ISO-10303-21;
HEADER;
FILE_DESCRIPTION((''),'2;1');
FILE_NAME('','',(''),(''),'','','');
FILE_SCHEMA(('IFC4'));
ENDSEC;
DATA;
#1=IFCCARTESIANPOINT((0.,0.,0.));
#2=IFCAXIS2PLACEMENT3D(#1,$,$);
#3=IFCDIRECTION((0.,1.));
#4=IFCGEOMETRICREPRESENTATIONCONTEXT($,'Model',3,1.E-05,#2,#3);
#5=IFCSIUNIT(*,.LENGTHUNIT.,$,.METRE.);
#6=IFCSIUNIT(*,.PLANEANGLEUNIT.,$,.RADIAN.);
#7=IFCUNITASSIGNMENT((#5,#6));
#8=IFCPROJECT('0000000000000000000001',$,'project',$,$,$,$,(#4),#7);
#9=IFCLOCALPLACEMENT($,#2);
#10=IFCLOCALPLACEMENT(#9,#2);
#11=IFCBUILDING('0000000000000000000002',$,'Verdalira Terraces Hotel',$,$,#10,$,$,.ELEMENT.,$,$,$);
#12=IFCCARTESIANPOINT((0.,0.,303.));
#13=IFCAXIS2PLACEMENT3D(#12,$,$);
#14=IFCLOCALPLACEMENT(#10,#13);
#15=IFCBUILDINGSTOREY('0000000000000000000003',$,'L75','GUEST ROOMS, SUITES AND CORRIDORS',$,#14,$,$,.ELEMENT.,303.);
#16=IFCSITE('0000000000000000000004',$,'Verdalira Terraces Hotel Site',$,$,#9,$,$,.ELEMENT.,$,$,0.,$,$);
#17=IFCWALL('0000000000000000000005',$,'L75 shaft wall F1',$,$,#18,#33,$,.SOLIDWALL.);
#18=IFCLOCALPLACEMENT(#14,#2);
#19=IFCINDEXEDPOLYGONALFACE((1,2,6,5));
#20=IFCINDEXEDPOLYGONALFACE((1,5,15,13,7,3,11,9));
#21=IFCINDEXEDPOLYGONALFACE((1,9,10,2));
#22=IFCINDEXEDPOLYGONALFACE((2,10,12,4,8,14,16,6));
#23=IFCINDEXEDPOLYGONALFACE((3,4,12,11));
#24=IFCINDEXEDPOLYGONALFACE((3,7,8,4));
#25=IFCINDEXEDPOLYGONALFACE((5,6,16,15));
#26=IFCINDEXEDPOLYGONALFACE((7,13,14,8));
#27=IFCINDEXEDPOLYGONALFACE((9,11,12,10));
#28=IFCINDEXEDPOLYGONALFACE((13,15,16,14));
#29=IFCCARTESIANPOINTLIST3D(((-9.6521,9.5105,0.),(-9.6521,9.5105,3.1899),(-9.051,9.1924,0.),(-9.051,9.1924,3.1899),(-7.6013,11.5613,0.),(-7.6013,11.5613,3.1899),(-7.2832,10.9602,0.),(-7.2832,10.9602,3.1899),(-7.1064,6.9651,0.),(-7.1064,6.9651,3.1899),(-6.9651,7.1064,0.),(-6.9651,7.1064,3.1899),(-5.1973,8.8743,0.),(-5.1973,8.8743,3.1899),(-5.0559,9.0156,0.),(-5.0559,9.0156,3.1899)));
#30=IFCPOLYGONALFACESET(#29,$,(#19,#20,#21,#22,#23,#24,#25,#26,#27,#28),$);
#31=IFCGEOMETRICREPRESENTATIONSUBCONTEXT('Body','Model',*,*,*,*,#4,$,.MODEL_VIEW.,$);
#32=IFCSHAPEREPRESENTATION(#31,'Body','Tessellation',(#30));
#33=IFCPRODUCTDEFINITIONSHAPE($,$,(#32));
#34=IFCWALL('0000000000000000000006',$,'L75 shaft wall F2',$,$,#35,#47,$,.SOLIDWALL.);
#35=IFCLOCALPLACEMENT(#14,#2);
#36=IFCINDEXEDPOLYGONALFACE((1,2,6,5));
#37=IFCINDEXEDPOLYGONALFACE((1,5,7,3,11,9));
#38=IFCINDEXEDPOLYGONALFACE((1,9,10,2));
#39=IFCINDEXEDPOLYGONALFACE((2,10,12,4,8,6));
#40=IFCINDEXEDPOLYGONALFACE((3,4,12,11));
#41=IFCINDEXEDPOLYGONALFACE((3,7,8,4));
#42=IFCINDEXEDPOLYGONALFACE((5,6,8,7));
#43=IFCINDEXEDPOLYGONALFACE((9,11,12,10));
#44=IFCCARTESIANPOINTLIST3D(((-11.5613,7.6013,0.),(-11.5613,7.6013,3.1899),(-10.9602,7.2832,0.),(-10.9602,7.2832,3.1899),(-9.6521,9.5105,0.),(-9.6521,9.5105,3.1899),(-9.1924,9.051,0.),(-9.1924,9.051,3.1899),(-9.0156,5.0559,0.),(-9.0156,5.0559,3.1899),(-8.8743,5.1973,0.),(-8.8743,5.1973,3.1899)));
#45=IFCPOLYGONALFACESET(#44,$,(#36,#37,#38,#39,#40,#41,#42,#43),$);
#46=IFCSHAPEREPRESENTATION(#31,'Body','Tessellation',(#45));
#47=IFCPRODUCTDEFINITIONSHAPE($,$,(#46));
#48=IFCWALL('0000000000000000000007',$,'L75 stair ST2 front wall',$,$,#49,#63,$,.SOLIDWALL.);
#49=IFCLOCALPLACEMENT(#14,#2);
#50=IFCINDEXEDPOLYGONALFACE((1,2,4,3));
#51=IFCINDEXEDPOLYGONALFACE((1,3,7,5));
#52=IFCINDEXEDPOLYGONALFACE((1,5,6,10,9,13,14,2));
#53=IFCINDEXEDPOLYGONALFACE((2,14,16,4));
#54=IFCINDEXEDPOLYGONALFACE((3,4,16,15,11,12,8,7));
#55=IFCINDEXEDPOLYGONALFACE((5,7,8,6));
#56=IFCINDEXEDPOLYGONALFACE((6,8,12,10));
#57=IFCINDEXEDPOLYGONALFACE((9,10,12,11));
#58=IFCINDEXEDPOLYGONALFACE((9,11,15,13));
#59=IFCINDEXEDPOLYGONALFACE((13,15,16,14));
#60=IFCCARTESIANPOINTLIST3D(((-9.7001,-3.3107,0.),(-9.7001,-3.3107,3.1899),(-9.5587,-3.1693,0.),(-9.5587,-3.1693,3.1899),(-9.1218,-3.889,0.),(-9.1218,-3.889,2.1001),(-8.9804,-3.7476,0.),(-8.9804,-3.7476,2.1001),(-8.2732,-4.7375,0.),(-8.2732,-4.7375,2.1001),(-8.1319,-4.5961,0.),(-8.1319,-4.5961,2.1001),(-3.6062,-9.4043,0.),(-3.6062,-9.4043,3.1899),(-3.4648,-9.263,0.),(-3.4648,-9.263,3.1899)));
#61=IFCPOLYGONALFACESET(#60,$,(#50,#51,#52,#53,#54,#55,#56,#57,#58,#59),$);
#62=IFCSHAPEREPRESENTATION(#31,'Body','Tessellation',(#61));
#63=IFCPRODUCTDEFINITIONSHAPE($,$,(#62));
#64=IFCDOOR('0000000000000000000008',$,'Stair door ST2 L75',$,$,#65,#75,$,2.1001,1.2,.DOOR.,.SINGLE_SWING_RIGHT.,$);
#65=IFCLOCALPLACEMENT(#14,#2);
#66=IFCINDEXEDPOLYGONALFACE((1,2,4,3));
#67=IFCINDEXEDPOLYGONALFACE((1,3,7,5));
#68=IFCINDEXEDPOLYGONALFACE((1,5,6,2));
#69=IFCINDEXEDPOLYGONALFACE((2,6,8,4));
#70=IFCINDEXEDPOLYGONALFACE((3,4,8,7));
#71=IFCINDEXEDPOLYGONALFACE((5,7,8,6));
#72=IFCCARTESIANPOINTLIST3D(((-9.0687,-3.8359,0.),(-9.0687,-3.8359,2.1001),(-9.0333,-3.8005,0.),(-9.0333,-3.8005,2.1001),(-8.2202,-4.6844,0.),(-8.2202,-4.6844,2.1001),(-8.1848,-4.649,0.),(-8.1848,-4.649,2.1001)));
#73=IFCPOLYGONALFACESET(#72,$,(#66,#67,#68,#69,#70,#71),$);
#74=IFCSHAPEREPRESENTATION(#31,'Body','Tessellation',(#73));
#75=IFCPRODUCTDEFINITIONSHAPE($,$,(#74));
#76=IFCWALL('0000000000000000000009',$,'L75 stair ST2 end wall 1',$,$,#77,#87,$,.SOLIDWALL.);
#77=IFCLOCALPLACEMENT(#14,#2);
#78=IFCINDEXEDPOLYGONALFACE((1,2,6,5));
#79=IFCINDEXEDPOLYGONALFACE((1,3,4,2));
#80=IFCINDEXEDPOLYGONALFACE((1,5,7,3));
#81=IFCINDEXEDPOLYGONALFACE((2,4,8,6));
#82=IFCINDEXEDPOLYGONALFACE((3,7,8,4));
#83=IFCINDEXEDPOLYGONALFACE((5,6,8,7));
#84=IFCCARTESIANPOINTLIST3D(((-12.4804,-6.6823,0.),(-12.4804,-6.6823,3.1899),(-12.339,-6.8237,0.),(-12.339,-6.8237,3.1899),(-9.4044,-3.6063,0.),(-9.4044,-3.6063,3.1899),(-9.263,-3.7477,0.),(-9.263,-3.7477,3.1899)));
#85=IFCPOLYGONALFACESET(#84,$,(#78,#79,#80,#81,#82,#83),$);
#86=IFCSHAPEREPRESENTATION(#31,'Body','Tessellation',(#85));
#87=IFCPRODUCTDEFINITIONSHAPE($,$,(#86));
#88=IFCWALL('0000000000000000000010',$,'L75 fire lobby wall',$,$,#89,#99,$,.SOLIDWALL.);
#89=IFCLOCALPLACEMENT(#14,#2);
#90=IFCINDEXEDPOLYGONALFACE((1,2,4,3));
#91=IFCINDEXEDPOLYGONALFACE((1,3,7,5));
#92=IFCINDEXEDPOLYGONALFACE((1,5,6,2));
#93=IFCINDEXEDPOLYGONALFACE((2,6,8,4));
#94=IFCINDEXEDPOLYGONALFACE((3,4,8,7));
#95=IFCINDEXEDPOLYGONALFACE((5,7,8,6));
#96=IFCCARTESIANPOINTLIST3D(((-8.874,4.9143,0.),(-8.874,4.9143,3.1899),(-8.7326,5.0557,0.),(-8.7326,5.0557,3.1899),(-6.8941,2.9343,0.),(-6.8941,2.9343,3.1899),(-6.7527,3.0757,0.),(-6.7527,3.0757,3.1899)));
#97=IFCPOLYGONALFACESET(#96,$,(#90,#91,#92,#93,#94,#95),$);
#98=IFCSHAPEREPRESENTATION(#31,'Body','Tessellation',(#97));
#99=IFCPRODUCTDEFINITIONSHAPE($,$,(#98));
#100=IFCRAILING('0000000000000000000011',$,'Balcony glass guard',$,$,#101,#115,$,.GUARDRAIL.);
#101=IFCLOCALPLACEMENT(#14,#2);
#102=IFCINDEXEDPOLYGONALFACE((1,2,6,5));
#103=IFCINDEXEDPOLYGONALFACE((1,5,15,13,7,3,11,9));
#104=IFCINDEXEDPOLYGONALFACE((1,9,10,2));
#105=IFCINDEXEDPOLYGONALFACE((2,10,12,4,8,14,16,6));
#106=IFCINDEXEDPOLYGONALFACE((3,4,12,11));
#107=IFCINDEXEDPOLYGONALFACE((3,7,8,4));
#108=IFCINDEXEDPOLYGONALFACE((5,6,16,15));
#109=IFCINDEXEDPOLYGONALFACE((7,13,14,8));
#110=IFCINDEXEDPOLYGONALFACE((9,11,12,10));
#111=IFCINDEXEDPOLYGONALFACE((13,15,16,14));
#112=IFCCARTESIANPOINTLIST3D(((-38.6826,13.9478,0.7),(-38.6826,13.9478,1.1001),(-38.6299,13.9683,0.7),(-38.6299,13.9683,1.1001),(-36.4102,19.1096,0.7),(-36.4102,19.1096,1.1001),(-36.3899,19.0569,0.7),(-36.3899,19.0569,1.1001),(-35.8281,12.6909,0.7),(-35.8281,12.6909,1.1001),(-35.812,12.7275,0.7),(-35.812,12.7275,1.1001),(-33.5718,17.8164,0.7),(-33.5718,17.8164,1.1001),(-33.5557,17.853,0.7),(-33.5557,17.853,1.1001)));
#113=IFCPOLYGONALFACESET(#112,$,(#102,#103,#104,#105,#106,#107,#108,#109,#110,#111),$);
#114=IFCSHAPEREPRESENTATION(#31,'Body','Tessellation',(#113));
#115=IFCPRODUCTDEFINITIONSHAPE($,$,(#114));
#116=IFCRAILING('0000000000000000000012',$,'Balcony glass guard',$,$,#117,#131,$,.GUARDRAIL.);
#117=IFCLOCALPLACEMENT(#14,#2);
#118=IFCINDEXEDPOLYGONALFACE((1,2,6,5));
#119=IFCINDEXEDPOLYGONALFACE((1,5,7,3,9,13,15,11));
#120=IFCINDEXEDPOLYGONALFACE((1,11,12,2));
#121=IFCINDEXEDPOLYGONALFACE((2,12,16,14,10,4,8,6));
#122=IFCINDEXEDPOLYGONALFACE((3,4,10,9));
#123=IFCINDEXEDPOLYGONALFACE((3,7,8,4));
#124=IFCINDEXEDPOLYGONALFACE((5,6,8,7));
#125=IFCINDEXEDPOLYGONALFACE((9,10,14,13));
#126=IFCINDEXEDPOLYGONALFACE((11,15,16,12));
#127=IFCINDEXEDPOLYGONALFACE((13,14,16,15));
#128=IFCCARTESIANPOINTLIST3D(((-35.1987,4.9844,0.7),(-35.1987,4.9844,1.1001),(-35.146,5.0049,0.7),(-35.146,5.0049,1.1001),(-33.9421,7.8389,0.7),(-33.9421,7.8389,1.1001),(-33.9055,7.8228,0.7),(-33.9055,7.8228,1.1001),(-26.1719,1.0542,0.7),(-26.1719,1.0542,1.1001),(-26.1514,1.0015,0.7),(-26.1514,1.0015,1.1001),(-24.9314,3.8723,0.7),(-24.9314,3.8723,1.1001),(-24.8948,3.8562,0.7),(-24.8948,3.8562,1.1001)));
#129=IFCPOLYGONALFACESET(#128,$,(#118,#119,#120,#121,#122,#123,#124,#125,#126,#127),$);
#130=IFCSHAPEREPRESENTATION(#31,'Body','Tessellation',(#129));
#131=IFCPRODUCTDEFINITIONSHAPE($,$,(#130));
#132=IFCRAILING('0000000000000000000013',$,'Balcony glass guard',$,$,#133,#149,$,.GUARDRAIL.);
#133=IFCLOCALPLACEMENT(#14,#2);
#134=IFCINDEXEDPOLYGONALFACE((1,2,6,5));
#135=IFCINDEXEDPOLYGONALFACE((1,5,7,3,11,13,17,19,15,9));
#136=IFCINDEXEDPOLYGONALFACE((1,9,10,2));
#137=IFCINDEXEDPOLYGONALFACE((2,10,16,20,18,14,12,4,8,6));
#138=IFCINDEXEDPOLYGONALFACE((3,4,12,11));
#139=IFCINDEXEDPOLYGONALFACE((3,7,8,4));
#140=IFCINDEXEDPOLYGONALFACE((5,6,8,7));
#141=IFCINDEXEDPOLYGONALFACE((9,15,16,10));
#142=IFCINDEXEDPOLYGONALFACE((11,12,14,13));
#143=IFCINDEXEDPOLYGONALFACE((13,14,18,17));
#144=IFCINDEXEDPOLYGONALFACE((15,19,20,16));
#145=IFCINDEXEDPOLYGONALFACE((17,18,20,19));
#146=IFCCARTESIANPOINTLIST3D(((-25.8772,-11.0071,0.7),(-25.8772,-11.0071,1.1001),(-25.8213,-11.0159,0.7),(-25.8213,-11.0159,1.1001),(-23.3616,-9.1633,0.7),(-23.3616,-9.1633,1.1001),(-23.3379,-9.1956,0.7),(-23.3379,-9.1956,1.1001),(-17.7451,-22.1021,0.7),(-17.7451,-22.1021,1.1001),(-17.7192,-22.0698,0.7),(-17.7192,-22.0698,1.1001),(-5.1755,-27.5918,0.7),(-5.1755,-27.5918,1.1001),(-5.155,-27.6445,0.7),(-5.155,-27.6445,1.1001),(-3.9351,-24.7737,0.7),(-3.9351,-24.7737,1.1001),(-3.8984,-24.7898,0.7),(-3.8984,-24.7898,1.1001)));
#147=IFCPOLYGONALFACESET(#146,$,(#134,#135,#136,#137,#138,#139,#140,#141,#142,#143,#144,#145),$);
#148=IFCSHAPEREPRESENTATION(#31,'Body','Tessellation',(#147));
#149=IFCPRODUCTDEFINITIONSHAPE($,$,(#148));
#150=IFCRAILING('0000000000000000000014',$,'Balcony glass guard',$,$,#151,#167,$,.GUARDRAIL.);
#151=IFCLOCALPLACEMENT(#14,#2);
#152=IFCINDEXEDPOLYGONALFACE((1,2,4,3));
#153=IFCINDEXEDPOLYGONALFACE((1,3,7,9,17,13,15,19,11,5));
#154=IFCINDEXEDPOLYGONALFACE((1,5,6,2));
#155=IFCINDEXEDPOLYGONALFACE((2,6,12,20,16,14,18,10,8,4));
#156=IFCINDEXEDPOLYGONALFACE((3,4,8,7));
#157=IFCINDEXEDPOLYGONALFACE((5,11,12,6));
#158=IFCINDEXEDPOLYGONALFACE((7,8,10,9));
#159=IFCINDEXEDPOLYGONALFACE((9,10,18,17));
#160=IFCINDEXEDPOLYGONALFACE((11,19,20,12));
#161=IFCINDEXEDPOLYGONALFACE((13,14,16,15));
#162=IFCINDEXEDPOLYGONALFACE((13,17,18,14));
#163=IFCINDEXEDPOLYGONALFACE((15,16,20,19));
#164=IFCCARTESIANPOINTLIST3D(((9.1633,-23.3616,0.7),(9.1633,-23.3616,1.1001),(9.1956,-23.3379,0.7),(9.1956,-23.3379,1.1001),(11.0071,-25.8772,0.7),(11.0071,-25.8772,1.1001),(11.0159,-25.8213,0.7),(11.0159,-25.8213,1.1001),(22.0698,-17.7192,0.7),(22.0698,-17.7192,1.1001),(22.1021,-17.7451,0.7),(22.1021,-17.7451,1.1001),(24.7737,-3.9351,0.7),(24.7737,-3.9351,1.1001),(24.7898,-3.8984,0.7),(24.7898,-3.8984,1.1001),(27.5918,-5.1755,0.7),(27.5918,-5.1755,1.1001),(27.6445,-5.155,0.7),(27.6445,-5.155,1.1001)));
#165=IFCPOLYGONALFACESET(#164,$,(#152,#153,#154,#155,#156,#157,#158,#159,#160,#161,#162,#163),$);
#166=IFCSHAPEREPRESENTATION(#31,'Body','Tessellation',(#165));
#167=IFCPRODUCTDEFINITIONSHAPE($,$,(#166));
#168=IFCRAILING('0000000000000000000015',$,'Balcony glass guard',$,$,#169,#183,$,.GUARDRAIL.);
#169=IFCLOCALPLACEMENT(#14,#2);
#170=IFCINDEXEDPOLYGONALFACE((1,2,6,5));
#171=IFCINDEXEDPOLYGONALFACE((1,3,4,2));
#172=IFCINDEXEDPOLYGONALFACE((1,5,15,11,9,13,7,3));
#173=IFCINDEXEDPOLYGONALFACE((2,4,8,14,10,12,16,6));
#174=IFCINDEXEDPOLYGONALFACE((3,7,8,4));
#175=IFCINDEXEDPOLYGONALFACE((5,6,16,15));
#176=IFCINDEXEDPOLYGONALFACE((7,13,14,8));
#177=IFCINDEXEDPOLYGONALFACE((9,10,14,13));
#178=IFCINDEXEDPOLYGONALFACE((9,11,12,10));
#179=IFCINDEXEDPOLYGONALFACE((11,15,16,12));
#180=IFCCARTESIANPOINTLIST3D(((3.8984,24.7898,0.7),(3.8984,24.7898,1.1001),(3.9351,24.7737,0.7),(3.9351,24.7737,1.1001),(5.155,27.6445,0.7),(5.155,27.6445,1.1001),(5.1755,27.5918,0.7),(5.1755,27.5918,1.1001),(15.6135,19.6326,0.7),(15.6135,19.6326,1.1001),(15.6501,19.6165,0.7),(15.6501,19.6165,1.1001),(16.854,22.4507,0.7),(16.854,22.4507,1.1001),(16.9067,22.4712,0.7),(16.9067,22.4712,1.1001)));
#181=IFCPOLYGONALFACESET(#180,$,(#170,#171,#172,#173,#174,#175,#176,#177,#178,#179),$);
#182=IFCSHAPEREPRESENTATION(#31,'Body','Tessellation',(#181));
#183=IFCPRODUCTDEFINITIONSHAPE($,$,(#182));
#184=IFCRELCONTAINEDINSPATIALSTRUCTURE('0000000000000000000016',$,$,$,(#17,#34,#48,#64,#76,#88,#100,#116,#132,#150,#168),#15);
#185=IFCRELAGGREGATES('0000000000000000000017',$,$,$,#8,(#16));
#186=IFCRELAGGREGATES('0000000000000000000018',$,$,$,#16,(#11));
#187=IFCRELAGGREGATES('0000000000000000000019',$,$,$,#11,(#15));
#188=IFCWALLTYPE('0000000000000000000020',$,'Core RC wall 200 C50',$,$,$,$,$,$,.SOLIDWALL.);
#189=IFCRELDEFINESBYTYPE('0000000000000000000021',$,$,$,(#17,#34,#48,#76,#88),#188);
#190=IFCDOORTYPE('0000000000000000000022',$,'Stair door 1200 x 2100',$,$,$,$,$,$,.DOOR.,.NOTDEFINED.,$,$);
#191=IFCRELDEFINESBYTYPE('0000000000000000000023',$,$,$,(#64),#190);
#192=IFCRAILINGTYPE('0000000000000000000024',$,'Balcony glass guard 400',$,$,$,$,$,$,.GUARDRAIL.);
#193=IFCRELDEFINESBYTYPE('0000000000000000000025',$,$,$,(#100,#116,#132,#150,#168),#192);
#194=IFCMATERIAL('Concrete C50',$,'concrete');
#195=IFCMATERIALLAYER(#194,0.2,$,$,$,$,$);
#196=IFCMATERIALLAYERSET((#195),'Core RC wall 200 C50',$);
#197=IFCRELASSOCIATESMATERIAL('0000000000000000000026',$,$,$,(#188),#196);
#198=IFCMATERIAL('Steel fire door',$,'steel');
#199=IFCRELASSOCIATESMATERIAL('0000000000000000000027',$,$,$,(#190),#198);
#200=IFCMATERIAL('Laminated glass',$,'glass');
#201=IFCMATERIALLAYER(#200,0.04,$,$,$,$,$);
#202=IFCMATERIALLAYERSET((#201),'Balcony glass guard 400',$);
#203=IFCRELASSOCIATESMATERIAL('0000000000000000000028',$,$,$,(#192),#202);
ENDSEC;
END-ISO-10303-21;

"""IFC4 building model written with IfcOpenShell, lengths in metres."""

from ifc_helpers import new_model, si_unit, direction, frame, frame_2d, origin, place, context, subcontext, project, spatial, polyline, rectangle, outline, extrude, material, layer, layer_set, type_object, element, fill, save


model = new_model("IFC4")

# Units and contexts
model_context = context("Model", 3, precision=1e-05, world=origin(), true_north=direction((0.0, 1.0)))
body_context = subcontext(model_context, "Body", "Model", "MODEL_VIEW")
ifc_project = project(units=[si_unit("LENGTHUNIT", "METRE"), si_unit("PLANEANGLEUNIT", "RADIAN")], contexts=[model_context])

# Site, building, storey
site_placement = place(None, origin())
site = spatial("IfcSite", under=ifc_project, at=site_placement, Name="Verdalira Terraces Hotel Site", CompositionType="ELEMENT", RefElevation=0.0)
building_placement = place(site_placement, origin())
building = spatial("IfcBuilding", under=site, at=building_placement, Name="Verdalira Terraces Hotel", CompositionType="ELEMENT")
storey_placement = place(building_placement, frame((0.0, 0.0, 303.0)))
storey = spatial("IfcBuildingStorey", under=building, at=storey_placement, Name="L75", Description="GUEST ROOMS, SUITES AND CORRIDORS", CompositionType="ELEMENT", Elevation=303.0)

# Walls
ifc_material_1 = material(Name="Concrete C50", Category="concrete")
ifc_layer_1 = layer(ifc_material_1, 0.2)
ifc_layer_set_1 = layer_set([ifc_layer_1], Name="Core RC wall 200 C50")
wall_type_1 = type_object("IfcWallType", Name="Core RC wall 200 C50", PredefinedType="SOLIDWALL", material=ifc_layer_set_1)
wall_1_placement = place(storey_placement, origin())
element("IfcWall", 1, at=wall_1_placement, inside=storey, type_object=wall_type_1, Name="L75 shaft wall F1", PredefinedType="SOLIDWALL", context=body_context, shape_type="SweptSolid", body=[
    extrude(outline(polyline([(-9.6521, 9.5105), (-7.6013, 11.5613), (-5.0559, 9.0156), (-5.1973, 8.8743), (-7.2832, 10.9602), (-9.051, 9.1924), (-6.9651, 7.1064), (-7.1064, 6.9651), (-9.6521, 9.5105)])), origin(), (0.0, 0.0, 1.0), 3.1899),
])
wall_2_placement = place(storey_placement, origin())
element("IfcWall", 2, at=wall_2_placement, inside=storey, type_object=wall_type_1, Name="L75 shaft wall F2", PredefinedType="SOLIDWALL", context=body_context, shape_type="SweptSolid", body=[
    extrude(outline(polyline([(-11.5613, 7.6013), (-9.6521, 9.5105), (-9.1924, 9.051), (-10.9602, 7.2832), (-8.8743, 5.1973), (-9.0156, 5.0559), (-11.5613, 7.6013)])), origin(), (0.0, 0.0, 1.0), 3.1899),
])

# Wall, opening, door
wall_3_placement = place(storey_placement, frame((-3.5354, -9.3337, 0.0), z_axis=(0.0, 0.0, 1.0), x_axis=(-0.707121, 0.707093, 0.0)))
wall_3 = element("IfcWall", 3, at=wall_3_placement, inside=storey, type_object=wall_type_1, Name="L75 stair ST2 front wall", PredefinedType="SOLIDWALL", context=body_context, shape_type="SweptSolid", body=[
    extrude(rectangle(XDim=8.6179, YDim=0.2, at=frame_2d((4.3091, 0.0))), origin(), (0.0, 0.0, 1.0), 3.1899),
])
opening_placement = place(wall_3_placement, frame((6.6001, 0.0, 0.0)))
opening = element("IfcOpeningElement", 4, at=opening_placement, cuts=wall_3, PredefinedType="OPENING", context=body_context, shape_type="SweptSolid", body=[
    extrude(rectangle(XDim=1.2, YDim=2.1001, at=frame_2d((0.6001, 1.05))), frame((0.0, 0.1099, 0.0), z_axis=(0.0, -1.0, 0.0), x_axis=(1.0, 0.0, 0.0)), (0.0, 0.0, 1.0), 0.22),
])
ifc_material_2 = material(Name="Steel fire door", Category="steel")
door_type = type_object("IfcDoorType", Name="Stair door 1200 x 2100", OperationType="NOTDEFINED", PredefinedType="DOOR", material=ifc_material_2)
door_placement = place(opening_placement, origin())
door = element("IfcDoor", 5, at=door_placement, inside=storey, type_object=door_type, Name="Stair door ST2 L75", OperationType="SINGLE_SWING_RIGHT", OverallHeight=2.1001, OverallWidth=1.2, PredefinedType="DOOR", context=body_context, shape_type="SweptSolid", body=[
    extrude(rectangle(XDim=1.2, YDim=2.1001, at=frame_2d((0.6001, 1.05))), frame((0.0, 0.0249, 0.0), z_axis=(0.0, -1.0, 0.0), x_axis=(1.0, 0.0, 0.0)), (0.0, 0.0, 1.0), 0.05),
])
fill(opening, door)

# Walls
wall_4_placement = place(storey_placement, frame((-9.3337, -3.677, 0.0), z_axis=(0.0, 0.0, 1.0), x_axis=(-0.707107, -0.707107, 0.0)))
element("IfcWall", 6, at=wall_4_placement, inside=storey, type_object=wall_type_1, Name="L75 stair ST2 end wall 1", PredefinedType="SOLIDWALL", context=body_context, shape_type="SweptSolid", body=[
    extrude(rectangle(XDim=4.3501, YDim=0.2, at=frame_2d((2.175, 0.0))), origin(), (0.0, 0.0, 1.0), 3.1899),
])
wall_5_placement = place(storey_placement, frame((-6.8235, 3.0051, 0.0), z_axis=(0.0, 0.0, 1.0), x_axis=(-0.707107, 0.707107, 0.0)))
element("IfcWall", 7, at=wall_5_placement, inside=storey, type_object=wall_type_1, Name="L75 fire lobby wall", PredefinedType="SOLIDWALL", context=body_context, shape_type="SweptSolid", body=[
    extrude(rectangle(XDim=2.8, YDim=0.2, at=frame_2d((1.3999, 0.0))), origin(), (0.0, 0.0, 1.0), 3.1899),
])

# Railings
ifc_material_3 = material(Name="Laminated glass", Category="glass")
ifc_layer_2 = layer(ifc_material_3, 0.04)
ifc_layer_set_2 = layer_set([ifc_layer_2], Name="Balcony glass guard 400")
railing_type_1 = type_object("IfcRailingType", Name="Balcony glass guard 400", PredefinedType="GUARDRAIL", material=ifc_layer_set_2)
railing_1_placement = place(storey_placement, frame((0.0, 0.0, 0.7)))
element("IfcRailing", 8, at=railing_1_placement, inside=storey, type_object=railing_type_1, Name="Balcony glass guard", PredefinedType="GUARDRAIL", context=body_context, shape_type="SweptSolid", body=[
    extrude(outline(polyline([(-36.3899, 19.0569), (-38.6299, 13.9683), (-35.812, 12.7275), (-35.8281, 12.6909), (-38.6826, 13.9478), (-36.4102, 19.1096), (-33.5557, 17.853), (-33.5718, 17.8164), (-36.3899, 19.0569)])), origin(), (0.0, 0.0, 1.0), 0.4001),
])
railing_2_placement = place(storey_placement, frame((0.0, 0.0, 0.7)))
element("IfcRailing", 9, at=railing_2_placement, inside=storey, type_object=railing_type_1, Name="Balcony glass guard", PredefinedType="GUARDRAIL", context=body_context, shape_type="SweptSolid", body=[
    extrude(outline(polyline([(-35.146, 5.0049), (-26.1719, 1.0542), (-24.9314, 3.8723), (-24.8948, 3.8562), (-26.1514, 1.0015), (-35.1987, 4.9844), (-33.9421, 7.8389), (-33.9055, 7.8228), (-35.146, 5.0049)])), origin(), (0.0, 0.0, 1.0), 0.4001),
])
railing_3_placement = place(storey_placement, frame((0.0, 0.0, 0.7)))
element("IfcRailing", 10, at=railing_3_placement, inside=storey, type_object=railing_type_1, Name="Balcony glass guard", PredefinedType="GUARDRAIL", context=body_context, shape_type="SweptSolid", body=[
    extrude(outline(polyline([(-25.8213, -11.0159), (-17.7192, -22.0698), (-5.1755, -27.5918), (-3.9351, -24.7737), (-3.8984, -24.7898), (-5.155, -27.6445), (-17.7451, -22.1021), (-25.8772, -11.0071), (-23.3616, -9.1633), (-23.3379, -9.1956), (-25.8213, -11.0159)])), origin(), (0.0, 0.0, 1.0), 0.4001),
])
railing_4_placement = place(storey_placement, frame((0.0, 0.0, 0.7)))
element("IfcRailing", 11, at=railing_4_placement, inside=storey, type_object=railing_type_1, Name="Balcony glass guard", PredefinedType="GUARDRAIL", context=body_context, shape_type="SweptSolid", body=[
    extrude(outline(polyline([(11.0159, -25.8213), (22.0698, -17.7192), (27.5918, -5.1755), (24.7737, -3.9351), (24.7898, -3.8984), (27.6445, -5.155), (22.1021, -17.7451), (11.0071, -25.8772), (9.1633, -23.3616), (9.1956, -23.3379), (11.0159, -25.8213)])), origin(), (0.0, 0.0, 1.0), 0.4001),
])
railing_5_placement = place(storey_placement, frame((0.0, 0.0, 0.7)))
element("IfcRailing", 12, at=railing_5_placement, inside=storey, type_object=railing_type_1, Name="Balcony glass guard", PredefinedType="GUARDRAIL", context=body_context, shape_type="SweptSolid", body=[
    extrude(outline(polyline([(16.854, 22.4507), (5.1755, 27.5918), (3.9351, 24.7737), (3.8984, 24.7898), (5.155, 27.6445), (16.9067, 22.4712), (15.6501, 19.6165), (15.6135, 19.6326), (16.854, 22.4507)])), origin(), (0.0, 0.0, 1.0), 0.4001),
])

save(model, "model.ifc")
